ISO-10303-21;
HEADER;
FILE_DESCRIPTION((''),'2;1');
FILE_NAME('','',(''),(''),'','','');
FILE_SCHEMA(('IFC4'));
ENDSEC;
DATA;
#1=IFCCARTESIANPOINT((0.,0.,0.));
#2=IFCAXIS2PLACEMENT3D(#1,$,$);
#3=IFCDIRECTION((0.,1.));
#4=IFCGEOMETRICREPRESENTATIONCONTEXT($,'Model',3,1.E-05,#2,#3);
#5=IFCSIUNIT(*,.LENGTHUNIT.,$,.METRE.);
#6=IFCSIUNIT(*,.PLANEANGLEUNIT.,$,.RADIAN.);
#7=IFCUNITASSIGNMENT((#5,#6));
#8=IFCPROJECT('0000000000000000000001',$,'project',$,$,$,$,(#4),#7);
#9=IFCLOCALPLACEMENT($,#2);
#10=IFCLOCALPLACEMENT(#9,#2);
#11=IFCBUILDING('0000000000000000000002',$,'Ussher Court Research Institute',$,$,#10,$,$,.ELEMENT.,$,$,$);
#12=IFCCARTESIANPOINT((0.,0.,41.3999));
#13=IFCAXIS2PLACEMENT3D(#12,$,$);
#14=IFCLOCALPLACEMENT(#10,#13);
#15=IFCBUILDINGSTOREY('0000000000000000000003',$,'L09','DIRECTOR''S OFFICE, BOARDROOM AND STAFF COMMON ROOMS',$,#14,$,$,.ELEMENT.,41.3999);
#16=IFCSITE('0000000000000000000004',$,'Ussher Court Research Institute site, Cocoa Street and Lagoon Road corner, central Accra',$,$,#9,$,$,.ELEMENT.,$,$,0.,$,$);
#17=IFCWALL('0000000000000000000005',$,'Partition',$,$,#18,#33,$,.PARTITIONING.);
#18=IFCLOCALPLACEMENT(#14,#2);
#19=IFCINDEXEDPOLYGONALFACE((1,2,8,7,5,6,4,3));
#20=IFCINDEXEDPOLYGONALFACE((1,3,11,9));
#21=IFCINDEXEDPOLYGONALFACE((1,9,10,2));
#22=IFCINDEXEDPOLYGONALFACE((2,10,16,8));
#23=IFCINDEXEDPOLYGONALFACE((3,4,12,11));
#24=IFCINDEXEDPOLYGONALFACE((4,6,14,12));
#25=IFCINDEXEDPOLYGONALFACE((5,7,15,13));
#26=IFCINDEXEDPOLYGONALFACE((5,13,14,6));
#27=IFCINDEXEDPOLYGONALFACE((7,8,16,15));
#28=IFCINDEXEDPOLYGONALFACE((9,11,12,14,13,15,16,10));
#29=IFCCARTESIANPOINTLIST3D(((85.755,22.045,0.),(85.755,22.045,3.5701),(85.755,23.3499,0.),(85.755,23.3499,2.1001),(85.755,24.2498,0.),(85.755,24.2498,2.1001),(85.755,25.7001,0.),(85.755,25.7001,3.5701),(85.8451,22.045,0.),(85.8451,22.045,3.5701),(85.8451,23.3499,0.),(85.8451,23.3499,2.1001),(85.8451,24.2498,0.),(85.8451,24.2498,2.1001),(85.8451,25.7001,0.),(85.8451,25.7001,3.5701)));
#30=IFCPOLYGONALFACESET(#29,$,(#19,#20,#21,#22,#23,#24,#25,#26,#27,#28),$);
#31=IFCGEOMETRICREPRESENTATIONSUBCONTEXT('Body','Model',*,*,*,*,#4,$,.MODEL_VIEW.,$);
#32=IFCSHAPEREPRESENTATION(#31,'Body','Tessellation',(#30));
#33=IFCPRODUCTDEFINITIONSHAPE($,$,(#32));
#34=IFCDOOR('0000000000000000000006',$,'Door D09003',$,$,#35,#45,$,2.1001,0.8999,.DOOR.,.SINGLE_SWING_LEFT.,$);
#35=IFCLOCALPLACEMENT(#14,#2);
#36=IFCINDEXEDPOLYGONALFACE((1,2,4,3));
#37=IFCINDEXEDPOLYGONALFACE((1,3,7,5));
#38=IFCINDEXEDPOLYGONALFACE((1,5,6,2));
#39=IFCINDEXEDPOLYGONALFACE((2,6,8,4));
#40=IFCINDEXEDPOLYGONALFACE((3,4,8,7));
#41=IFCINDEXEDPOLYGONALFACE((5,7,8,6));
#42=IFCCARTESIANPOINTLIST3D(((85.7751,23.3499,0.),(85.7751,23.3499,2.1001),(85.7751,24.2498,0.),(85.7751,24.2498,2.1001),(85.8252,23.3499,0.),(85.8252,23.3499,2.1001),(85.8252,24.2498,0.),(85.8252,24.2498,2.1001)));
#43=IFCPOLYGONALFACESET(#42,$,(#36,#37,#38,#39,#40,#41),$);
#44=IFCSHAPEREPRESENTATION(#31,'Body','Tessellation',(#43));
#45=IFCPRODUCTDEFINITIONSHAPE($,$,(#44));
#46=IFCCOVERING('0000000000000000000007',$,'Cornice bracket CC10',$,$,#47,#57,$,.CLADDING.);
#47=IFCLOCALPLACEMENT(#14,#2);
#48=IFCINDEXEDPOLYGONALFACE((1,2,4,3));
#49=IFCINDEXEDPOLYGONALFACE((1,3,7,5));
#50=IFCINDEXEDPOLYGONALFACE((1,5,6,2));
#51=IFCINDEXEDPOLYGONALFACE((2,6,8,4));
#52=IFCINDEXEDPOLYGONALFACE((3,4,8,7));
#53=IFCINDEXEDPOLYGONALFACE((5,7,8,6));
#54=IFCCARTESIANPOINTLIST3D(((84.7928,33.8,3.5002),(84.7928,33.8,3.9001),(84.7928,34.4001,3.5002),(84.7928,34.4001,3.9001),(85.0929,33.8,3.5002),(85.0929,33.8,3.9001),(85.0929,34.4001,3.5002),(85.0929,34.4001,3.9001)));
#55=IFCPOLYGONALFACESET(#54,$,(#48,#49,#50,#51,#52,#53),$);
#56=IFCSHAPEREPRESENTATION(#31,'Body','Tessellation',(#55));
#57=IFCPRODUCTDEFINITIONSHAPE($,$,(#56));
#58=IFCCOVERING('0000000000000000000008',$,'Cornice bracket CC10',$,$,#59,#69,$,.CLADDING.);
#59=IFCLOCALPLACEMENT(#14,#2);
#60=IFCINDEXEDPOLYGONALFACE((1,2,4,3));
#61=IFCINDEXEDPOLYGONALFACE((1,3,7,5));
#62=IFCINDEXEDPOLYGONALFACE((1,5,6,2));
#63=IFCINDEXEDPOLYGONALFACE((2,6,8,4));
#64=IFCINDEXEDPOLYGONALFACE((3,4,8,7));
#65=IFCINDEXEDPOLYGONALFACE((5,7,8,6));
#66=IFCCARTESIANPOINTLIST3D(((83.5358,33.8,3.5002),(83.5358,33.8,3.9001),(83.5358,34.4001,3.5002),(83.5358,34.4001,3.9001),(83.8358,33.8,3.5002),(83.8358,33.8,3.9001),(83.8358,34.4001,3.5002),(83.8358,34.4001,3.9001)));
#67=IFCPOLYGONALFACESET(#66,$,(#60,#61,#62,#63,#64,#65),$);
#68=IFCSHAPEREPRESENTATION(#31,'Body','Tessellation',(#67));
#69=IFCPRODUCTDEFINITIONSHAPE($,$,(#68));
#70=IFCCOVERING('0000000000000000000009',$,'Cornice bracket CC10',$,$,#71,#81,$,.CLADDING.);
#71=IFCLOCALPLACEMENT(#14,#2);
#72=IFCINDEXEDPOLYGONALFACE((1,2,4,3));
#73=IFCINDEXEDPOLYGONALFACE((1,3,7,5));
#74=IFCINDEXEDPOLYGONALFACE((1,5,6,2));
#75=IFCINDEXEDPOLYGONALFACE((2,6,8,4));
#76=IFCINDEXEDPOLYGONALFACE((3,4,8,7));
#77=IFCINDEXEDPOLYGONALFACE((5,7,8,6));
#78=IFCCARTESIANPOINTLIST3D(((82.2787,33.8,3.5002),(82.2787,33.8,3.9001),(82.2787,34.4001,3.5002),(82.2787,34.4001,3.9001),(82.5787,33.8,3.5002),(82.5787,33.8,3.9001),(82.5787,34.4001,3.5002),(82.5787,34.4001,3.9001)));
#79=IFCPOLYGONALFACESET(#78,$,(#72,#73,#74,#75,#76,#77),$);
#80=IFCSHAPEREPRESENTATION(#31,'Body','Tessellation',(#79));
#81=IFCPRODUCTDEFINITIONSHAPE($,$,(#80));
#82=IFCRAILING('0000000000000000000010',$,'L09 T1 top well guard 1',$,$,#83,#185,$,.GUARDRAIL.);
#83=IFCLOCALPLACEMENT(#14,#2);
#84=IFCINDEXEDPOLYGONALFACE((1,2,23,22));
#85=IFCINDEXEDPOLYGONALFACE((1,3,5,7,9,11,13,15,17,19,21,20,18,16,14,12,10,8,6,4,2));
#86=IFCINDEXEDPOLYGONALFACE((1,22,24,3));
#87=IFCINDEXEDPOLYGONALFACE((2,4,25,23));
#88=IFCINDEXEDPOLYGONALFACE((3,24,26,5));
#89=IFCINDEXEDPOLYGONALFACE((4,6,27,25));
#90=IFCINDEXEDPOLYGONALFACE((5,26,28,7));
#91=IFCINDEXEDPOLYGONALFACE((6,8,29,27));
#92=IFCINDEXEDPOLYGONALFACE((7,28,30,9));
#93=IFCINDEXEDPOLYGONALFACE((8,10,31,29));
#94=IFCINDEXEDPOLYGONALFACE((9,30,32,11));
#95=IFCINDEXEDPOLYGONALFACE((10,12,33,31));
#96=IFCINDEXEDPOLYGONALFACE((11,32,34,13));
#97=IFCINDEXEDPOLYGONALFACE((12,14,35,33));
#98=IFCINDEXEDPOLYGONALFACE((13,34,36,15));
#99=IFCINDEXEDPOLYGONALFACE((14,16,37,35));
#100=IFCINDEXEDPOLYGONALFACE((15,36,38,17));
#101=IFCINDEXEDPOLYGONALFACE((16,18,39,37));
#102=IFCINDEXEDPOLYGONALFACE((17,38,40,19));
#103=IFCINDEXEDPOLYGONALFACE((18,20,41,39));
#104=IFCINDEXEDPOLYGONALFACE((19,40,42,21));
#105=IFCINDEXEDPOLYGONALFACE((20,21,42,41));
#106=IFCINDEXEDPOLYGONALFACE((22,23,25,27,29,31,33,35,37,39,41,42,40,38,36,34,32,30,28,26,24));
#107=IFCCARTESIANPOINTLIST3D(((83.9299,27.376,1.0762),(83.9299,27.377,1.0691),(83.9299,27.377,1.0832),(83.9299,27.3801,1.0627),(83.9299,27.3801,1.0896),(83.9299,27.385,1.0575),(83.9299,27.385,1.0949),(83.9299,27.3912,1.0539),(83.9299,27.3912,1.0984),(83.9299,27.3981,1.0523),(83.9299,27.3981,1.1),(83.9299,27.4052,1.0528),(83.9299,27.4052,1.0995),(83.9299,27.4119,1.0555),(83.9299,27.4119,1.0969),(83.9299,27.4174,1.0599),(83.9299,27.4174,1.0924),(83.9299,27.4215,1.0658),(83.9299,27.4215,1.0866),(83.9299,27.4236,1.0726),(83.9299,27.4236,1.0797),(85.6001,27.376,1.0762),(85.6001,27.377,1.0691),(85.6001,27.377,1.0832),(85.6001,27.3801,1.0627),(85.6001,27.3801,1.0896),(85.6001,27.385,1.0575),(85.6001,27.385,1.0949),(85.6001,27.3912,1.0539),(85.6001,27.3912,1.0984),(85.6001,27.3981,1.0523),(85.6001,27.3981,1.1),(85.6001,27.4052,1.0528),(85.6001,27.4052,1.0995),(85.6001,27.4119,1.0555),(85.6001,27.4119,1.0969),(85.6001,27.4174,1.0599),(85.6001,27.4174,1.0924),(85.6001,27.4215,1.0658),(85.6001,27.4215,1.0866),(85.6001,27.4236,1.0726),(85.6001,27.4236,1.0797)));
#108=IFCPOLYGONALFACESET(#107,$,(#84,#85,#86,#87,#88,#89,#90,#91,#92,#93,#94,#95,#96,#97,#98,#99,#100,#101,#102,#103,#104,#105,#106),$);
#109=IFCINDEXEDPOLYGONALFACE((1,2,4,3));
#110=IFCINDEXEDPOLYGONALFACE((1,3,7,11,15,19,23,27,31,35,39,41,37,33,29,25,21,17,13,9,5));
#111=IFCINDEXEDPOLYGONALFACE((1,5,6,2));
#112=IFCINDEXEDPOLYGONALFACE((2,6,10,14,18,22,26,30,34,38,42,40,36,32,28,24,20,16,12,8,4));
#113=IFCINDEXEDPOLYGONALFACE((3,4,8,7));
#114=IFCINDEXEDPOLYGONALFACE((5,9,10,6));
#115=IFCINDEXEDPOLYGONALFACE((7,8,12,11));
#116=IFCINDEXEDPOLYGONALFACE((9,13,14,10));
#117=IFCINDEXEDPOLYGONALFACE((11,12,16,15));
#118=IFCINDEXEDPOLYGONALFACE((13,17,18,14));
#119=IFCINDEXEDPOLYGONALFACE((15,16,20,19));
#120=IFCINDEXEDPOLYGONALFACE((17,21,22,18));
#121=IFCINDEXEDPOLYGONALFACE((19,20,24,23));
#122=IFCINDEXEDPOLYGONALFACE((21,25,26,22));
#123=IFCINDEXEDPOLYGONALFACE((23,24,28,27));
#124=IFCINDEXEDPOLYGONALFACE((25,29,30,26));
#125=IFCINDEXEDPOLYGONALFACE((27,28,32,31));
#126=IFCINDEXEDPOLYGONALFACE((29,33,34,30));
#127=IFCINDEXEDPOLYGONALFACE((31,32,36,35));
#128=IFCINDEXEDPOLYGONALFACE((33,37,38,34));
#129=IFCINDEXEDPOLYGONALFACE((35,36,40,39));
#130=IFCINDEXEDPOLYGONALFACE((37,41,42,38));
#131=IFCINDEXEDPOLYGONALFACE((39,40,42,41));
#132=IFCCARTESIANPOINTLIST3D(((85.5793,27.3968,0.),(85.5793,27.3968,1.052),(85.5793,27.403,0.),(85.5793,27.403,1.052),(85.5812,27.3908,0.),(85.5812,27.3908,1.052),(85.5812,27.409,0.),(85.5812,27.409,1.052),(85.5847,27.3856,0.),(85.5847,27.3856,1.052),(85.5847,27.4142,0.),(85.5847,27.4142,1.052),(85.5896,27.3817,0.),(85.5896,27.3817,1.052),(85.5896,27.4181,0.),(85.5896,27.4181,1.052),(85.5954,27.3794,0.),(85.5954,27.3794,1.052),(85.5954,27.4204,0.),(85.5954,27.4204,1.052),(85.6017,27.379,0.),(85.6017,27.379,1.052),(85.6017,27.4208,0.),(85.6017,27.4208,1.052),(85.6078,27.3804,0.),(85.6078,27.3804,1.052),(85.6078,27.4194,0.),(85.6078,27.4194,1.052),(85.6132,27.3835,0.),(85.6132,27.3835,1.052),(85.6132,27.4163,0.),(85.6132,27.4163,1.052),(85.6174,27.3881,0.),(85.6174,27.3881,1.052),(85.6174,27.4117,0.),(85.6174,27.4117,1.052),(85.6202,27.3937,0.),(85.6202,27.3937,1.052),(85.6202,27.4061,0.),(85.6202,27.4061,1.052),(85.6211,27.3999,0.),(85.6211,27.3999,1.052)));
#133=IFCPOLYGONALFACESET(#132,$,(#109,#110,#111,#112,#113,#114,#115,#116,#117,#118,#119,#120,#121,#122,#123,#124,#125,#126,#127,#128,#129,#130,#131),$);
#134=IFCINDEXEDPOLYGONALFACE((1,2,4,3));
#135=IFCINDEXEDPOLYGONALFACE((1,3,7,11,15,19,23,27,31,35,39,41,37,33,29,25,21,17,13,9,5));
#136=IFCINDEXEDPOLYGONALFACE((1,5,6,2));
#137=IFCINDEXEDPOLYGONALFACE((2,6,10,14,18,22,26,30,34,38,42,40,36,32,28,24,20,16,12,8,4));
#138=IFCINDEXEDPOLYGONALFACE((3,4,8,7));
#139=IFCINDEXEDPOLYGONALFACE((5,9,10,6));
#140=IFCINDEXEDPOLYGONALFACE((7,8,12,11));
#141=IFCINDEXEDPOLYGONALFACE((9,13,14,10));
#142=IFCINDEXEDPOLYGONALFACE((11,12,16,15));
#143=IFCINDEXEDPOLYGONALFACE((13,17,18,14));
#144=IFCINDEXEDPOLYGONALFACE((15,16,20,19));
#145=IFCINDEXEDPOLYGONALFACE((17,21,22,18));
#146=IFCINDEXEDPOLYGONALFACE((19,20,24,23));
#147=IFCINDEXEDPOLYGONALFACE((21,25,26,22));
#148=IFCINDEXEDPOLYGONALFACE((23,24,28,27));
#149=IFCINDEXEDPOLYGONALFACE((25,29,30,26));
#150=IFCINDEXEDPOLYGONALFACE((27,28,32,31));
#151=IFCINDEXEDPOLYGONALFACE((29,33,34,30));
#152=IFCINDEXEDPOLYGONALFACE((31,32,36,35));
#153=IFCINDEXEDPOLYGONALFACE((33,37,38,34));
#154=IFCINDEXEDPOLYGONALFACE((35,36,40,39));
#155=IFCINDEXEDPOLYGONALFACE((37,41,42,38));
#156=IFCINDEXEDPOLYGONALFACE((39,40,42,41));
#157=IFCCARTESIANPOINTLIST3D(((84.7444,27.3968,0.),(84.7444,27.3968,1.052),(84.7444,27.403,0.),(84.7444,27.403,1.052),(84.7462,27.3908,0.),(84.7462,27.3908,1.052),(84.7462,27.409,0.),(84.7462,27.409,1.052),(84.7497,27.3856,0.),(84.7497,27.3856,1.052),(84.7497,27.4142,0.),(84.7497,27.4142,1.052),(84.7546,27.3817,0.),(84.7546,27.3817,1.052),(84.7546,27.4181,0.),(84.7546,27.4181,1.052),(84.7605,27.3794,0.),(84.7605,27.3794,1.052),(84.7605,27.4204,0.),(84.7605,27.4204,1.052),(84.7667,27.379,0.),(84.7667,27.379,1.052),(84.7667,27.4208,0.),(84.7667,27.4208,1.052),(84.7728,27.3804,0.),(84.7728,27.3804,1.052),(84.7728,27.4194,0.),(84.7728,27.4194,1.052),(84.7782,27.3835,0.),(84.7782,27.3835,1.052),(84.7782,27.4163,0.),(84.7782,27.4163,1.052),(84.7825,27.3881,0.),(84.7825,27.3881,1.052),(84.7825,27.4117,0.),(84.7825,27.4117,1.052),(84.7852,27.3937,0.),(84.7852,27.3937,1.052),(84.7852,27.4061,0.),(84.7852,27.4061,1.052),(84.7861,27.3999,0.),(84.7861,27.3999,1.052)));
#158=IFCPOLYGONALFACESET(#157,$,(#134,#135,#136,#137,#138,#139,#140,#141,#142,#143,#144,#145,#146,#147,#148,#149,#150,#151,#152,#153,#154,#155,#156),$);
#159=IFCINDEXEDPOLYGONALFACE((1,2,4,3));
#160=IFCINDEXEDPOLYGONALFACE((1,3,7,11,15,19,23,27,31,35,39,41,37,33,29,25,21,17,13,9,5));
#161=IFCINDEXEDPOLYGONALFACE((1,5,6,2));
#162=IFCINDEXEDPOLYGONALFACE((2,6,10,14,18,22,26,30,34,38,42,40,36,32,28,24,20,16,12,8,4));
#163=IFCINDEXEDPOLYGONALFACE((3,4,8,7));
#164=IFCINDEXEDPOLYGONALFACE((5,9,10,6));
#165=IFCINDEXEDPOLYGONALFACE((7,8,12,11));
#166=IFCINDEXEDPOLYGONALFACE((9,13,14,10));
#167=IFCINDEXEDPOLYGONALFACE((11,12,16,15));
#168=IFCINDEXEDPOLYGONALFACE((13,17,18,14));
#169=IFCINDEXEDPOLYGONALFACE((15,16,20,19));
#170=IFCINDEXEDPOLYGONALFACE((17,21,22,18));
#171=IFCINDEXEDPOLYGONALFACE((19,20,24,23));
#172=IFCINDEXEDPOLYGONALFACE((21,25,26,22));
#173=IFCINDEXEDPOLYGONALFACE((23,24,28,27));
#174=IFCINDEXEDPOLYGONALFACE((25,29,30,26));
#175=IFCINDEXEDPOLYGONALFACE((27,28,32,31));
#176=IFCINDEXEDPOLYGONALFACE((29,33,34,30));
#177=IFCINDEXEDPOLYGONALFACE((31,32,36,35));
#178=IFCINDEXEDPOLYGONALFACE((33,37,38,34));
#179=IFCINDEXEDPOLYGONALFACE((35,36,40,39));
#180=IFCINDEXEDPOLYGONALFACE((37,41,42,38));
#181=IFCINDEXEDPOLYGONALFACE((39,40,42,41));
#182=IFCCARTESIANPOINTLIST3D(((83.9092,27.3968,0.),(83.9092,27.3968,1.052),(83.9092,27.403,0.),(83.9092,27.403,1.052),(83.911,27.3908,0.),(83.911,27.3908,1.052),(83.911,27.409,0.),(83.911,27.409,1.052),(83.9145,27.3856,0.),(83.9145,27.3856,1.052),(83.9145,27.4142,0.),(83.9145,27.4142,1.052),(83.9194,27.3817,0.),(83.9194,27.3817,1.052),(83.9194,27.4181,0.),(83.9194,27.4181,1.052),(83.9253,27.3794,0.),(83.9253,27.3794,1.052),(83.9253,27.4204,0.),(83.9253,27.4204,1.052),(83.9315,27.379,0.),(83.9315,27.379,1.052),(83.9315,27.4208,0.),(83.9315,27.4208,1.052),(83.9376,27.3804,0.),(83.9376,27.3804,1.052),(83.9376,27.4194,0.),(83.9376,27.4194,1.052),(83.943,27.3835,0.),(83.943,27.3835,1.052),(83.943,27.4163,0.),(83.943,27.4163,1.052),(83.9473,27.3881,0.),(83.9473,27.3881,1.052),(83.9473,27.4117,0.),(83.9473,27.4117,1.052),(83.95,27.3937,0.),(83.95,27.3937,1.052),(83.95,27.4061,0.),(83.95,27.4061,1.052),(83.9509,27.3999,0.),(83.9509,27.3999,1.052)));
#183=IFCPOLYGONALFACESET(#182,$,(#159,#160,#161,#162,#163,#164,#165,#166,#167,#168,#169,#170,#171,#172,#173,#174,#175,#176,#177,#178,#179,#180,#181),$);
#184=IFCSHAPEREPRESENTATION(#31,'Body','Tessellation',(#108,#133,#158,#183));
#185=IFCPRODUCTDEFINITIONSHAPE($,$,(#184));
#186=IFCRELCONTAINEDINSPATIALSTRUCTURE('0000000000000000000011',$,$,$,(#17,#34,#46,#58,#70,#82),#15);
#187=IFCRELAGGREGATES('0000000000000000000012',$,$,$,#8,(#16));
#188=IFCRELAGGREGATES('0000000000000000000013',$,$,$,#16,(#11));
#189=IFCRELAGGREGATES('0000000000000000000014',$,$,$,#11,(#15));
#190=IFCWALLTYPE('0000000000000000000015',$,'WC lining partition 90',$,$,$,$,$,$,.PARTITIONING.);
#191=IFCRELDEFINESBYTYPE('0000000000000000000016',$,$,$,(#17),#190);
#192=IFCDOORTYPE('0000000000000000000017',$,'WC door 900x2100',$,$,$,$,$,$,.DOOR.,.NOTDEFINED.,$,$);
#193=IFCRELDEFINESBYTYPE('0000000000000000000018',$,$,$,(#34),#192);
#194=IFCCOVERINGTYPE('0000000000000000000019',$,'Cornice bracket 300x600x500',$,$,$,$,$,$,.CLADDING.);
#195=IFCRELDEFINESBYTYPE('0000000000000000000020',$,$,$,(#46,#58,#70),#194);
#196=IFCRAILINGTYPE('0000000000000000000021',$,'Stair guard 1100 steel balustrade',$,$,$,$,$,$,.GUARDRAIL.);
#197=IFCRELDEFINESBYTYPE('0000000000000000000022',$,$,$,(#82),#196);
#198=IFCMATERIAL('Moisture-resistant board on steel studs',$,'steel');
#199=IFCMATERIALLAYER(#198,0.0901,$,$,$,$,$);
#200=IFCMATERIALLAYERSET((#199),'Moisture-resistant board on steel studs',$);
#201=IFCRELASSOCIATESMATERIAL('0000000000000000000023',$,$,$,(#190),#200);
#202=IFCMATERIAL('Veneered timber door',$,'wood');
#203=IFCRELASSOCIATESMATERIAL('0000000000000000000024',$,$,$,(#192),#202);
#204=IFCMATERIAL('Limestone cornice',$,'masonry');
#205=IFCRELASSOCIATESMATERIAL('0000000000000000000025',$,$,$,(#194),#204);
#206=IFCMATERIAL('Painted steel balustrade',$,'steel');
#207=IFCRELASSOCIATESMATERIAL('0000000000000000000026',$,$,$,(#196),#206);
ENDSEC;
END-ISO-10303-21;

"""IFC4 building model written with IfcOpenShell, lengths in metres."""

from ifc_helpers import new_model, si_unit, direction, frame, frame_2d, origin, origin_2d, place, context, subcontext, project, spatial, rectangle, circle, extrude, material, layer, layer_set, type_object, element, fill, save


model = new_model("IFC4")

# Units and contexts
model_context = context("Model", 3, precision=1e-05, world=origin(), true_north=direction((0.0, 1.0)))
body_context = subcontext(model_context, "Body", "Model", "MODEL_VIEW")
ifc_project = project(units=[si_unit("LENGTHUNIT", "METRE"), si_unit("PLANEANGLEUNIT", "RADIAN")], contexts=[model_context])

# Site, building, storey
site_placement = place(None, origin())
site = spatial("IfcSite", under=ifc_project, at=site_placement, Name="Ussher Court Research Institute site, Cocoa Street and Lagoon Road corner, central Accra", CompositionType="ELEMENT", RefElevation=0.0)
building_placement = place(site_placement, origin())
building = spatial("IfcBuilding", under=site, at=building_placement, Name="Ussher Court Research Institute", CompositionType="ELEMENT")
storey_placement = place(building_placement, frame((0.0, 0.0, 41.3999)))
storey = spatial("IfcBuildingStorey", under=building, at=storey_placement, Name="L09", Description="DIRECTOR'S OFFICE, BOARDROOM AND STAFF COMMON ROOMS", CompositionType="ELEMENT", Elevation=41.3999)

# Shared definitions
ifc_material_1 = material(Name="Moisture-resistant board on steel studs", Category="steel")
ifc_layer_1 = layer(ifc_material_1, 0.0901)
ifc_layer_set_1 = layer_set([ifc_layer_1], Name="Moisture-resistant board on steel studs")
wall_type_1 = type_object("IfcWallType", Name="WC lining partition 90", PredefinedType="PARTITIONING", material=ifc_layer_set_1)

# Wall, opening, door
ifc_material_2 = material(Name="Veneered timber door", Category="wood")
door_type_1 = type_object("IfcDoorType", Name="WC door 900x2100", OperationType="NOTDEFINED", PredefinedType="DOOR", material=ifc_material_2)
wall_1_placement = place(storey_placement, frame((85.8, 22.0449, 0.0), z_axis=(0.0, 0.0, 1.0), x_axis=(0.0, 1.0, 0.0)))
wall_1 = element("IfcWall", 1, at=wall_1_placement, inside=storey, type_object=wall_type_1, Name="Partition", PredefinedType="PARTITIONING", context=body_context, shape_type="SweptSolid", body=[
    extrude(rectangle(XDim=3.655, YDim=0.0901, at=frame_2d((1.8276, 0.0))), origin(), (0.0, 0.0, 1.0), 3.5701),
])
opening_1_placement = place(wall_1_placement, frame((1.3049, 0.0, 0.0)))
opening_1 = element("IfcOpeningElement", 2, at=opening_1_placement, cuts=wall_1, PredefinedType="OPENING", context=body_context, shape_type="SweptSolid", body=[
    extrude(rectangle(XDim=0.8999, YDim=2.1001, at=frame_2d((0.45, 1.05))), frame((0.0, 0.0552, 0.0), z_axis=(0.0, -1.0, 0.0), x_axis=(1.0, 0.0, 0.0)), (0.0, 0.0, 1.0), 0.1101),
])
door_1_placement = place(opening_1_placement, origin())
door_1 = element("IfcDoor", 3, at=door_1_placement, inside=storey, type_object=door_type_1, Name="Door D09003", OperationType="SINGLE_SWING_LEFT", OverallHeight=2.1001, OverallWidth=0.8999, PredefinedType="DOOR", context=body_context, shape_type="SweptSolid", body=[
    extrude(rectangle(XDim=0.8999, YDim=2.1001, at=frame_2d((0.45, 1.05))), frame((0.0, 0.0249, 0.0), z_axis=(0.0, -1.0, 0.0), x_axis=(1.0, 0.0, 0.0)), (0.0, 0.0, 1.0), 0.05),
])
fill(opening_1, door_1)

# Coverings
ifc_material_3 = material(Name="Limestone cornice", Category="masonry")
covering_type = type_object("IfcCoveringType", Name="Cornice bracket 300x600x500", PredefinedType="CLADDING", material=ifc_material_3)
for number, where, z_axis, x_axis, name in (
    (4, (84.9429, 34.1001, 3.5002), (0.0, 0.0, 1.0), (-1.0, 0.0, 0.0), "Cornice bracket CC10"),
    (5, (83.6858, 34.1001, 3.5002), (0.0, 0.0, 1.0), (-1.0, 0.0, 0.0), "Cornice bracket CC10"),
    (6, (82.4287, 34.1001, 3.5002), (0.0, 0.0, 1.0), (-1.0, 0.0, 0.0), "Cornice bracket CC10"),
):
    element("IfcCovering", number, at=place(storey_placement, frame(where, z_axis=z_axis, x_axis=x_axis)), inside=storey, type_object=covering_type, Name=name, PredefinedType="CLADDING", context=body_context, shape_type="SweptSolid", body=[
        extrude(rectangle(XDim=0.3, YDim=0.6001, at=origin_2d()), origin(), (0.0, 0.0, 1.0), 0.3999),
    ])

# Railing
ifc_material_4 = material(Name="Painted steel balustrade", Category="steel")
railing_type = type_object("IfcRailingType", Name="Stair guard 1100 steel balustrade", PredefinedType="GUARDRAIL", material=ifc_material_4)
railing_placement = place(storey_placement, frame((85.6001, 27.3999, 0.0)))
element("IfcRailing", 7, at=railing_placement, inside=storey, type_object=railing_type, Name="L09 T1 top well guard 1", PredefinedType="GUARDRAIL", context=body_context, shape_type="SweptSolid", body=[
    extrude(circle(Radius=0.0239, at=origin_2d()), frame((0.0, 0.0, 1.0762), z_axis=(-1.0, 0.0, 0.0), x_axis=(0.0, -1.0, 0.0)), (0.0, 0.0, 1.0), 1.6702),
    extrude(circle(Radius=0.021, at=origin_2d()), origin(), (0.0, 0.0, 1.0), 1.052),
    extrude(circle(Radius=0.021, at=origin_2d()), frame((-0.835, 0.0, 0.0)), (0.0, 0.0, 1.0), 1.052),
    extrude(circle(Radius=0.021, at=origin_2d()), frame((-1.6702, 0.0, 0.0)), (0.0, 0.0, 1.0), 1.052),
])

save(model, "model.ifc")
